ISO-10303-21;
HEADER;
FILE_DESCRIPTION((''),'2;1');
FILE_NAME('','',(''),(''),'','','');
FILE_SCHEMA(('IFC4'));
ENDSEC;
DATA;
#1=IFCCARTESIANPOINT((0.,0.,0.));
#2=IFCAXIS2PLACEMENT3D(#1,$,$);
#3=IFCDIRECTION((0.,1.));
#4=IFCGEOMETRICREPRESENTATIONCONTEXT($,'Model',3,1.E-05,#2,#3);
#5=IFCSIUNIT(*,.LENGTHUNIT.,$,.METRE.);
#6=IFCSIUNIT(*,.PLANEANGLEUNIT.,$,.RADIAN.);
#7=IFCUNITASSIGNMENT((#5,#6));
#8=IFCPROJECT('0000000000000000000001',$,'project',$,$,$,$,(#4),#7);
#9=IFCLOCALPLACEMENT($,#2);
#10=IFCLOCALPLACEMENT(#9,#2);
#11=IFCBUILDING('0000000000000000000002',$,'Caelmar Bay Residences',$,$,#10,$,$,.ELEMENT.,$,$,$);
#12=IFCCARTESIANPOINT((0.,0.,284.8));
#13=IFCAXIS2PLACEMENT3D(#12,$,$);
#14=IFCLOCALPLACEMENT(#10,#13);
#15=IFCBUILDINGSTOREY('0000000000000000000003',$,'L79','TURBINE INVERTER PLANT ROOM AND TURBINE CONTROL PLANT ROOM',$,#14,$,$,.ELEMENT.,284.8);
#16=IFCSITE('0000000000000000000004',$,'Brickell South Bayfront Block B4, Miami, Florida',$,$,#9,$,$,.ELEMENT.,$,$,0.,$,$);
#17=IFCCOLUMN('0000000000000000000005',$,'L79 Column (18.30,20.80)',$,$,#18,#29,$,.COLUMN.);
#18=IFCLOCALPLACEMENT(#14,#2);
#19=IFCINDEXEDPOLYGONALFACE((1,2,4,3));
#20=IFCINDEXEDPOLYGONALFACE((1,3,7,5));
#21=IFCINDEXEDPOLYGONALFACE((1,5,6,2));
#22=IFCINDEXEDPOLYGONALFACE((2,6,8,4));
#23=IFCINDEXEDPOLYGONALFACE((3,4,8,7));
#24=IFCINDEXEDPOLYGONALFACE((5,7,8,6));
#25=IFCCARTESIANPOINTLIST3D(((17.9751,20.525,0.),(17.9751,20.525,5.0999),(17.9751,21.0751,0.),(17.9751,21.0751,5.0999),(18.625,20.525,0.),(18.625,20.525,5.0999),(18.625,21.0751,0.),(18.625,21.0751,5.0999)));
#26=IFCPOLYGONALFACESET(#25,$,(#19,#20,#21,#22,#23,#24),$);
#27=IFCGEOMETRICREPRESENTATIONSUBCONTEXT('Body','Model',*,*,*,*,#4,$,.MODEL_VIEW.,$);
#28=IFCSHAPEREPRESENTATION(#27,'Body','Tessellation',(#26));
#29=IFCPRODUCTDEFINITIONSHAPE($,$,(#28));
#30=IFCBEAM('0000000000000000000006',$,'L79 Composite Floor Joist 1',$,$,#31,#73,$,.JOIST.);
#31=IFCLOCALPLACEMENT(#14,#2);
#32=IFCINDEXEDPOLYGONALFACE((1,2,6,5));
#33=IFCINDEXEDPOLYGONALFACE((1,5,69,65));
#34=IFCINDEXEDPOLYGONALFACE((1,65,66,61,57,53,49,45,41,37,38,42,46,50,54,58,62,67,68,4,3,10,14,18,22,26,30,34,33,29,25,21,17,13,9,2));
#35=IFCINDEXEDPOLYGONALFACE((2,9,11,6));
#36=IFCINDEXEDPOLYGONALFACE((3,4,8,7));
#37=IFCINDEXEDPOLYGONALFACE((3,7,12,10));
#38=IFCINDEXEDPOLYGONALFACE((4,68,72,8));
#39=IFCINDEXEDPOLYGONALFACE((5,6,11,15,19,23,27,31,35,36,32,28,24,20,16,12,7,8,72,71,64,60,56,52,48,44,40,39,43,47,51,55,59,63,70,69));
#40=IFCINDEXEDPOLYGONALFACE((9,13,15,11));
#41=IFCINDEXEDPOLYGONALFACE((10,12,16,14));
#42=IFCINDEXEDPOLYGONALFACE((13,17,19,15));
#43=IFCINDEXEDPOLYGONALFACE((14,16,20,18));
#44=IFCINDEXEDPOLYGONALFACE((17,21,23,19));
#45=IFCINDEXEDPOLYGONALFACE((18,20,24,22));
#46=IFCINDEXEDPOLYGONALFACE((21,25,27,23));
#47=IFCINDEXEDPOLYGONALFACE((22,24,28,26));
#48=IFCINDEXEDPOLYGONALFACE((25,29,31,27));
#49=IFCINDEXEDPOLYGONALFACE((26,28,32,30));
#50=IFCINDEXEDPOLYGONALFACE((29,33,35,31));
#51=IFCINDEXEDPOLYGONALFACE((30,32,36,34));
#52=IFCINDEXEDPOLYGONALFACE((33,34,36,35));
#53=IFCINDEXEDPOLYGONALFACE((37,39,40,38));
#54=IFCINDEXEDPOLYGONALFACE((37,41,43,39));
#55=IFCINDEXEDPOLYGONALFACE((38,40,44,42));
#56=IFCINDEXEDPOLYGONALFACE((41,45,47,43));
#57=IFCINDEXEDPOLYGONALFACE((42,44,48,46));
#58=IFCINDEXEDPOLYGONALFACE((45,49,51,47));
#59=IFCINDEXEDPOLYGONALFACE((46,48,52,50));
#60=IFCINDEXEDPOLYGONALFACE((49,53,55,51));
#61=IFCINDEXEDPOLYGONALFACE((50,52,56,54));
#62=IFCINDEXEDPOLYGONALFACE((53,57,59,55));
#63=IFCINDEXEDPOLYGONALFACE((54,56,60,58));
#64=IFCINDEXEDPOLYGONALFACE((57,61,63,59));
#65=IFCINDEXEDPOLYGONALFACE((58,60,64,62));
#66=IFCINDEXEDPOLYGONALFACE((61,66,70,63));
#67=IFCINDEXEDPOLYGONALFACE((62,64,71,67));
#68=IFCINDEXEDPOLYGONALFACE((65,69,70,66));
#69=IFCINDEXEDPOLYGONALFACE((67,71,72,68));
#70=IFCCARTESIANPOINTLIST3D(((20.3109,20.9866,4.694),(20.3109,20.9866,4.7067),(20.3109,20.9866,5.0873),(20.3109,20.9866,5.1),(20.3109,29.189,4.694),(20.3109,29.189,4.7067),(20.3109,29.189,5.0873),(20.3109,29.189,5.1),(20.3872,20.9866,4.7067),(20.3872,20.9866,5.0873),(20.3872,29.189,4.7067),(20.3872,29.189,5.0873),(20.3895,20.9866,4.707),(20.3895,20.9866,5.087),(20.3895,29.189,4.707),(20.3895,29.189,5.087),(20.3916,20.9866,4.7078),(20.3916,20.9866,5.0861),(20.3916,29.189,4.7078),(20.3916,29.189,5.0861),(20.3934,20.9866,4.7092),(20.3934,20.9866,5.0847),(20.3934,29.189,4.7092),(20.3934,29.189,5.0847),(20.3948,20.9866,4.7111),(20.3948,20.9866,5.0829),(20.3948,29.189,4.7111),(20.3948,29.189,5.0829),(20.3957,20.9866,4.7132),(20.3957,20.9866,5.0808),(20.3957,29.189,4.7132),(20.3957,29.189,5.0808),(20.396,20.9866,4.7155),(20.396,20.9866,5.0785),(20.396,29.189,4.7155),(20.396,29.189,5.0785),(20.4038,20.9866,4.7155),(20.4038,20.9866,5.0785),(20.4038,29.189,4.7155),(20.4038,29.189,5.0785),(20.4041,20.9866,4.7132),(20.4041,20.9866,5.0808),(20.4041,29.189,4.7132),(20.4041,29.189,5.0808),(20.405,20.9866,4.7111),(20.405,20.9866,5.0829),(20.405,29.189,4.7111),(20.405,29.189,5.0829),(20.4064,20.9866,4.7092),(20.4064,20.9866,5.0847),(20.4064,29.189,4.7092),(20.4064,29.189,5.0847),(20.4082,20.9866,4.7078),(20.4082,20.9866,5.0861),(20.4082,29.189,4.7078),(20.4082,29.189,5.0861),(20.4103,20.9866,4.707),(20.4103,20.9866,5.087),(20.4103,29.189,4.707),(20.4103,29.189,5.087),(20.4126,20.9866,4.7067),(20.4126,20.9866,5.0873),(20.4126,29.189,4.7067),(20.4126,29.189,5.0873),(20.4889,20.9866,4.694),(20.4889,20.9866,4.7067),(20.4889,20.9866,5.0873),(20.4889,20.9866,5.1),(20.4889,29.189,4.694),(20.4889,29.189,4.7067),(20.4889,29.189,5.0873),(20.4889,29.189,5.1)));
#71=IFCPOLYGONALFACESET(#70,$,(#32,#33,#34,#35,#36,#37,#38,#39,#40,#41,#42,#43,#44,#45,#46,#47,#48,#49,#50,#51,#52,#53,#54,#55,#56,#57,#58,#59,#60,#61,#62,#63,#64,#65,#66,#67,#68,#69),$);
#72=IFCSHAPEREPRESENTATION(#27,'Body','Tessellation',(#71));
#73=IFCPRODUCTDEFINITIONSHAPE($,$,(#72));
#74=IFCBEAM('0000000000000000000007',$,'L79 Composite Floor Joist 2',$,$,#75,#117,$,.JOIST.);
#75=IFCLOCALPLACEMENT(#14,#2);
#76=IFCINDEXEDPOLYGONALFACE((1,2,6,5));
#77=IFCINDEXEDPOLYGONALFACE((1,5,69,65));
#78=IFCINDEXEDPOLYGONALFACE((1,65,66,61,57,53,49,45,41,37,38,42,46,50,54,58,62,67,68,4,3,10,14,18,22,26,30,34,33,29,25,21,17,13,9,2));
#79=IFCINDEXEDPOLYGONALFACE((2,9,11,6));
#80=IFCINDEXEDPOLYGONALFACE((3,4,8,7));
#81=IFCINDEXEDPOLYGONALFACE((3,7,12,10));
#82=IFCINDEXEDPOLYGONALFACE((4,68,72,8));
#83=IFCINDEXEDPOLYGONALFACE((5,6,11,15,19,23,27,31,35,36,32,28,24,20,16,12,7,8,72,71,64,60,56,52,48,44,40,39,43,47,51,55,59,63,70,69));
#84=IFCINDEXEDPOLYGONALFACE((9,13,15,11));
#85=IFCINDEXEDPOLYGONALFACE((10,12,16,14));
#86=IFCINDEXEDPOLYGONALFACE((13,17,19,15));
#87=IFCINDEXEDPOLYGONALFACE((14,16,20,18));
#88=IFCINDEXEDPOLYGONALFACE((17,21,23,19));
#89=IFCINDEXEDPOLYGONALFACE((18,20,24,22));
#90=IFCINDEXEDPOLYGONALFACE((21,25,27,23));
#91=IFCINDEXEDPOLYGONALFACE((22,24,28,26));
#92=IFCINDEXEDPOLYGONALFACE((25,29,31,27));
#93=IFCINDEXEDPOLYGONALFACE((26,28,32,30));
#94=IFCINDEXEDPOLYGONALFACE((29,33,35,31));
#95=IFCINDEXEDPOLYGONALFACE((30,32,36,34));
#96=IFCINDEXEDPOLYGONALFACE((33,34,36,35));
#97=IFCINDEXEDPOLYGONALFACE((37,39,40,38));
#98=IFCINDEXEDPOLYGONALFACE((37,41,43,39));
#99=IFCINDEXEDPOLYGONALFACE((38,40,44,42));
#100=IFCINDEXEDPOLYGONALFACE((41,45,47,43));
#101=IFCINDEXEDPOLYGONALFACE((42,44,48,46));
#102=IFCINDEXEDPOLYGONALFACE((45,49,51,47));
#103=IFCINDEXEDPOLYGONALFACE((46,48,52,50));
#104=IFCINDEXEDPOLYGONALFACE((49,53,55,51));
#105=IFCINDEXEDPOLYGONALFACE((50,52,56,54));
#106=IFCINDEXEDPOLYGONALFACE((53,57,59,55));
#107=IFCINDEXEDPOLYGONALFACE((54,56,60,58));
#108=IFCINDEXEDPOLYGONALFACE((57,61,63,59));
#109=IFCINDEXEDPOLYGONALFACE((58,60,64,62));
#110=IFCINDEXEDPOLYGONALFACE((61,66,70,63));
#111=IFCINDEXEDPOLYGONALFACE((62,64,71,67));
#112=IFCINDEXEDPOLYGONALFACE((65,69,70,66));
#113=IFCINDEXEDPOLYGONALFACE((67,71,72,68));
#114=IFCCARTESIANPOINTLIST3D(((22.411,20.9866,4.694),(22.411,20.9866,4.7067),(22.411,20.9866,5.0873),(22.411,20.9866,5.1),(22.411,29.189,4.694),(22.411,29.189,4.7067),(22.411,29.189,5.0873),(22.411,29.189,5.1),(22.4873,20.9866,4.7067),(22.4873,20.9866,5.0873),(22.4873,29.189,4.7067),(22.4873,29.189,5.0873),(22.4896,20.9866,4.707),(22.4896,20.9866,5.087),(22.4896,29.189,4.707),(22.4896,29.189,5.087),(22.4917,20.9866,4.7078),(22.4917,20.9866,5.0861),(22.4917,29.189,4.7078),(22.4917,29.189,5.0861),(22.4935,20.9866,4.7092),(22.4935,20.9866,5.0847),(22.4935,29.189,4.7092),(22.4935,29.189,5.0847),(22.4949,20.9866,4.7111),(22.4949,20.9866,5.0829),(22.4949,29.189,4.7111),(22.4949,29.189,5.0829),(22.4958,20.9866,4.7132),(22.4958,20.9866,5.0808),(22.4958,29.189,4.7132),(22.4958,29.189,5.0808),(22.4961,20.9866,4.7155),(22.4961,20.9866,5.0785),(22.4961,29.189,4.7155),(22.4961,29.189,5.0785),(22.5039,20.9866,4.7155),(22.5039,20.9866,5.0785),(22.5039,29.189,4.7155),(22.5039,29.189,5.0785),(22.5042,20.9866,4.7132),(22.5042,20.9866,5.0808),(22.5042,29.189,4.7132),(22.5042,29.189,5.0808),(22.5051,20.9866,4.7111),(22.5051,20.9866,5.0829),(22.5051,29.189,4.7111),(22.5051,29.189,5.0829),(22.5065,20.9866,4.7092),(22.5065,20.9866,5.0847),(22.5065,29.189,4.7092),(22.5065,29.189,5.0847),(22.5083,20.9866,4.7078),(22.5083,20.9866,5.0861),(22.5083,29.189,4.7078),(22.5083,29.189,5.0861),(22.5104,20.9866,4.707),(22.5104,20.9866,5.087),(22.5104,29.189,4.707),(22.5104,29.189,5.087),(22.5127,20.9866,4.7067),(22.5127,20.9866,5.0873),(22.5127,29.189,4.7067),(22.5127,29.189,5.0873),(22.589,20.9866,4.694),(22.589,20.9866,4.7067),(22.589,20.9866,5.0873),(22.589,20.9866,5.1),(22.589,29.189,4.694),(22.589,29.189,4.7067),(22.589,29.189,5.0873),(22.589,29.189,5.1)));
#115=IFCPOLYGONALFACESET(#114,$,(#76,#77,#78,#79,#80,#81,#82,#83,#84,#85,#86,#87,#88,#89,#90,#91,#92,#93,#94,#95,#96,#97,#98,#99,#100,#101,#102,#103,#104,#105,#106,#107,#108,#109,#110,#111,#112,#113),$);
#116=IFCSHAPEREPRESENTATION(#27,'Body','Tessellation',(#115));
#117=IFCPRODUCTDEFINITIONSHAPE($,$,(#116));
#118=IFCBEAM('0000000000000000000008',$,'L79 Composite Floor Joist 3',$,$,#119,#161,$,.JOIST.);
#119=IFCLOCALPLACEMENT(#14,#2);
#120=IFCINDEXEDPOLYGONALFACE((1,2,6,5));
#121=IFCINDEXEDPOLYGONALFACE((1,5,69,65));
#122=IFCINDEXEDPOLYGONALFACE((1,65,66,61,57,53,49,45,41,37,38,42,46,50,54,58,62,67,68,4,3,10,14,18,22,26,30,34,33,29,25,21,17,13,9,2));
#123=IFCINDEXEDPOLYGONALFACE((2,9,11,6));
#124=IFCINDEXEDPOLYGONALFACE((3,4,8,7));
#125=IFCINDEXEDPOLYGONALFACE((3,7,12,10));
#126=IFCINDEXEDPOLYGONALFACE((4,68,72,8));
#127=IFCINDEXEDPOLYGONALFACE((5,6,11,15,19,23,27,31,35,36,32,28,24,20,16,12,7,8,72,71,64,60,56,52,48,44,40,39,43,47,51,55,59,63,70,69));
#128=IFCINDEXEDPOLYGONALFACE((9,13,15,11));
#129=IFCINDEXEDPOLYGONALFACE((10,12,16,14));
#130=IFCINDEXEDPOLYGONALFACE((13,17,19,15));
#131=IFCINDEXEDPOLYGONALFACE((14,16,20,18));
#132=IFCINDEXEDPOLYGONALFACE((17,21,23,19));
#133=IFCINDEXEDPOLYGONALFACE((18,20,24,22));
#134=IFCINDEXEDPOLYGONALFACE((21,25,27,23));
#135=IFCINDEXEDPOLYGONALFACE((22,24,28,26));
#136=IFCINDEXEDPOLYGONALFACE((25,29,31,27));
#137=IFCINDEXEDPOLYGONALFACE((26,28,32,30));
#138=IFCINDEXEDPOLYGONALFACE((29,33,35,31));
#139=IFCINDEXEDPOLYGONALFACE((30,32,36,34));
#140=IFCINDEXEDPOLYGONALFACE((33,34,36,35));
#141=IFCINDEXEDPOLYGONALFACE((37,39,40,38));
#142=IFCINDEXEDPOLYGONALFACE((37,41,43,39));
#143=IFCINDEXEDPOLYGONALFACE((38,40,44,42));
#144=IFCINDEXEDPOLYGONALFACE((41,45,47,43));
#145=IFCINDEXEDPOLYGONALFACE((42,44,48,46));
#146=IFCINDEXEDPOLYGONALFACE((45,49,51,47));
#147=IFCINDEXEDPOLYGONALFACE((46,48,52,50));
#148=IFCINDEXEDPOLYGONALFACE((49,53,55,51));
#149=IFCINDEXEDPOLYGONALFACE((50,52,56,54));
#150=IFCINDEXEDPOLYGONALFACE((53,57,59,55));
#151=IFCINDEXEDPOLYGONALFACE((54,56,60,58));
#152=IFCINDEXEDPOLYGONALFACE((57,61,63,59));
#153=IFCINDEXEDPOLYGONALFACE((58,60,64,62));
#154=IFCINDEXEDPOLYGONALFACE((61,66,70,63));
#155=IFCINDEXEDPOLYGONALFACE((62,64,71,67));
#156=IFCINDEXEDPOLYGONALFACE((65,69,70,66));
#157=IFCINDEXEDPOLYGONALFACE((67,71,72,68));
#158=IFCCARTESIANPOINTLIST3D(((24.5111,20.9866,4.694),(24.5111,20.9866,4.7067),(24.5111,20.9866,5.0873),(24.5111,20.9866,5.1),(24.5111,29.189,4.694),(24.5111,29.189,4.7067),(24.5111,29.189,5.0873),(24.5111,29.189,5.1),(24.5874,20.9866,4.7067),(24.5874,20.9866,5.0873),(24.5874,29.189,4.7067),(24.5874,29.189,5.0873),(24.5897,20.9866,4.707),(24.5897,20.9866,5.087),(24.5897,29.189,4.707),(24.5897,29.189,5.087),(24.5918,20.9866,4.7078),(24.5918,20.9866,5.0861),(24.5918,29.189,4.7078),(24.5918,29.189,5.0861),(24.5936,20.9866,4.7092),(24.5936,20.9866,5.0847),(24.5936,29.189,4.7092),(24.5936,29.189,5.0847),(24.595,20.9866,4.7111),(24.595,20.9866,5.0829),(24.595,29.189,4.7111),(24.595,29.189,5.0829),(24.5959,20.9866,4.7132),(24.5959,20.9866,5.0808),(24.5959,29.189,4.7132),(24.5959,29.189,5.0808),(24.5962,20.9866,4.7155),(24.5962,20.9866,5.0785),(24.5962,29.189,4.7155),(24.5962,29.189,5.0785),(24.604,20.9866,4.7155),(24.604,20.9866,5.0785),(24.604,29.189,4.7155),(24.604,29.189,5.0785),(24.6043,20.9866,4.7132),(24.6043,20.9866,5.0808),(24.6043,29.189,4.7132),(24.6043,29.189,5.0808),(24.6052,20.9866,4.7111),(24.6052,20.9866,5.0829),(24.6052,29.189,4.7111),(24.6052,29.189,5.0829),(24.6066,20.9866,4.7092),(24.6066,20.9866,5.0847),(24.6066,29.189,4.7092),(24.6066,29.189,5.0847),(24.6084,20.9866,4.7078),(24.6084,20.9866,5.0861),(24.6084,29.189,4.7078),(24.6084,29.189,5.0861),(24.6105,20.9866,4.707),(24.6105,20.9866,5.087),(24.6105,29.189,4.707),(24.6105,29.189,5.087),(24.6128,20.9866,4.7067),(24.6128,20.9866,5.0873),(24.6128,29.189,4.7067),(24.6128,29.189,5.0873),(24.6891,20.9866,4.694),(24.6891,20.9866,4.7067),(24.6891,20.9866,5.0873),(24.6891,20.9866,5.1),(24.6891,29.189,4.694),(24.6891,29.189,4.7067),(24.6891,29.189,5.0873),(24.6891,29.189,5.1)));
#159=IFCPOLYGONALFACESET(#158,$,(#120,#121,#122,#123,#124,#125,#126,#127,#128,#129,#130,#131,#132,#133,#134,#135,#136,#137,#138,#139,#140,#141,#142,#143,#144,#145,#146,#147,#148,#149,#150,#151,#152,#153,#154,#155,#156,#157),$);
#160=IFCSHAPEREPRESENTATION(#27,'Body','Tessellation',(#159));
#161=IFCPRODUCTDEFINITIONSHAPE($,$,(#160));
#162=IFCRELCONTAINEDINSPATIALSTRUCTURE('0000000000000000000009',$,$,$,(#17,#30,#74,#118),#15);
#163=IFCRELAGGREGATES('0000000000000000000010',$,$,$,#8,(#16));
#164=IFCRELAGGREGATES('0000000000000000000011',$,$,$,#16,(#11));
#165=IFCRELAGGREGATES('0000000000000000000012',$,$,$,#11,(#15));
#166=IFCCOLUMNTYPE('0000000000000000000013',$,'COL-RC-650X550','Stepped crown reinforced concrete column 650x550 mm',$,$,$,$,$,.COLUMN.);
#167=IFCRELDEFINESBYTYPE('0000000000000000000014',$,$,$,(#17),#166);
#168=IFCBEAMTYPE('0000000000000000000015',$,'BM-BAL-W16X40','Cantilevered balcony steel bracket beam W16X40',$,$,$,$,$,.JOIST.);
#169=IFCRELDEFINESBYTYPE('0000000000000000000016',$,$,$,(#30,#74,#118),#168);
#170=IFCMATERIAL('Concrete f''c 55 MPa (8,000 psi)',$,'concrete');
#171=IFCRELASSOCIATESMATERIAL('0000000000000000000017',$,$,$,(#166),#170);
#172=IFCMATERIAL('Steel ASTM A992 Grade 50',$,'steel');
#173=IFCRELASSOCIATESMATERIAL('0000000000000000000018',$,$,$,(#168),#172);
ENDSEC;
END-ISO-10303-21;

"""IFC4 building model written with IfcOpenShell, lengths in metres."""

from ifc_helpers import new_model, si_unit, direction, frame, origin, origin_2d, place, context, subcontext, project, spatial, rectangle, i_section, extrude, material, material_profile, profile_set, type_object, element, save


model = new_model("IFC4")

# Units and contexts
model_context = context("Model", 3, precision=1e-05, world=origin(), true_north=direction((0.0, 1.0)))
body_context = subcontext(model_context, "Body", "Model", "MODEL_VIEW")
ifc_project = project(units=[si_unit("LENGTHUNIT", "METRE"), si_unit("PLANEANGLEUNIT", "RADIAN")], contexts=[model_context])

# Site, building, storey
site_placement = place(None, origin())
site = spatial("IfcSite", under=ifc_project, at=site_placement, Name="Brickell South Bayfront Block B4, Miami, Florida", CompositionType="ELEMENT", RefElevation=0.0)
building_placement = place(site_placement, origin())
building = spatial("IfcBuilding", under=site, at=building_placement, Name="Caelmar Bay Residences", CompositionType="ELEMENT")
storey_placement = place(building_placement, frame((0.0, 0.0, 284.8)))
storey = spatial("IfcBuildingStorey", under=building, at=storey_placement, Name="L79", Description="TURBINE INVERTER PLANT ROOM AND TURBINE CONTROL PLANT ROOM", CompositionType="ELEMENT", Elevation=284.8)

# Column
ifc_material_1 = material(Name="Concrete f'c 55 MPa (8,000 psi)", Category="concrete")
ifc_material_profile_1 = material_profile(ifc_material_1, rectangle(XDim=0.6499, YDim=0.55, at=origin_2d()), Name="RC-COL-650X550")
ifc_profile_set_1 = profile_set([ifc_material_profile_1], Name="Concrete f'c 55 MPa (8,000 psi)")
column_type = type_object("IfcColumnType", Name="COL-RC-650X550", Description="Stepped crown reinforced concrete column 650x550 mm", PredefinedType="COLUMN", material=ifc_profile_set_1)
column_placement = place(storey_placement, frame((18.3, 20.8, 0.0), z_axis=(0.0, 0.0, 1.0), x_axis=(1.0, 0.0, 0.0)))
element("IfcColumn", 1, at=column_placement, inside=storey, type_object=column_type, Name="L79 Column (18.30,20.80)", PredefinedType="COLUMN", context=body_context, shape_type="SweptSolid", body=[
    extrude(rectangle(XDim=0.6499, YDim=0.55, at=origin_2d()), origin(), (0.0, 0.0, 1.0), 5.0999),
])

# Beams
ifc_material_2 = material(Name="Steel ASTM A992 Grade 50", Category="steel")
ifc_material_profile_2 = material_profile(ifc_material_2, i_section(OverallWidth=0.178, OverallDepth=0.406, WebThickness=0.0078, FlangeThickness=0.0127, FilletRadius=0.0088, at=origin_2d()), Name="W16X40")
ifc_profile_set_2 = profile_set([ifc_material_profile_2], Name="Steel ASTM A992 Grade 50")
beam_type_1 = type_object("IfcBeamType", Name="BM-BAL-W16X40", Description="Cantilevered balcony steel bracket beam W16X40", PredefinedType="JOIST", material=ifc_profile_set_2)
for number, where, z_axis, x_axis, name in (
    (2, (20.3999, 20.9866, 4.897), (0.0, 1.0, 0.0), (-1.0, 0.0, 0.0), "L79 Composite Floor Joist 1"),
    (3, (22.5, 20.9866, 4.897), (0.0, 1.0, 0.0), (-1.0, 0.0, 0.0), "L79 Composite Floor Joist 2"),
    (4, (24.6001, 20.9866, 4.897), (0.0, 1.0, 0.0), (-1.0, 0.0, 0.0), "L79 Composite Floor Joist 3"),
):
    element("IfcBeam", number, at=place(storey_placement, frame(where, z_axis=z_axis, x_axis=x_axis)), inside=storey, type_object=beam_type_1, Name=name, PredefinedType="JOIST", context=body_context, shape_type="SweptSolid", body=[
        extrude(i_section(OverallWidth=0.178, OverallDepth=0.406, WebThickness=0.0078, FlangeThickness=0.0127, FilletRadius=0.0088, at=origin_2d()), origin(), (0.0, 0.0, 1.0), 8.2024),
    ])

save(model, "model.ifc")
